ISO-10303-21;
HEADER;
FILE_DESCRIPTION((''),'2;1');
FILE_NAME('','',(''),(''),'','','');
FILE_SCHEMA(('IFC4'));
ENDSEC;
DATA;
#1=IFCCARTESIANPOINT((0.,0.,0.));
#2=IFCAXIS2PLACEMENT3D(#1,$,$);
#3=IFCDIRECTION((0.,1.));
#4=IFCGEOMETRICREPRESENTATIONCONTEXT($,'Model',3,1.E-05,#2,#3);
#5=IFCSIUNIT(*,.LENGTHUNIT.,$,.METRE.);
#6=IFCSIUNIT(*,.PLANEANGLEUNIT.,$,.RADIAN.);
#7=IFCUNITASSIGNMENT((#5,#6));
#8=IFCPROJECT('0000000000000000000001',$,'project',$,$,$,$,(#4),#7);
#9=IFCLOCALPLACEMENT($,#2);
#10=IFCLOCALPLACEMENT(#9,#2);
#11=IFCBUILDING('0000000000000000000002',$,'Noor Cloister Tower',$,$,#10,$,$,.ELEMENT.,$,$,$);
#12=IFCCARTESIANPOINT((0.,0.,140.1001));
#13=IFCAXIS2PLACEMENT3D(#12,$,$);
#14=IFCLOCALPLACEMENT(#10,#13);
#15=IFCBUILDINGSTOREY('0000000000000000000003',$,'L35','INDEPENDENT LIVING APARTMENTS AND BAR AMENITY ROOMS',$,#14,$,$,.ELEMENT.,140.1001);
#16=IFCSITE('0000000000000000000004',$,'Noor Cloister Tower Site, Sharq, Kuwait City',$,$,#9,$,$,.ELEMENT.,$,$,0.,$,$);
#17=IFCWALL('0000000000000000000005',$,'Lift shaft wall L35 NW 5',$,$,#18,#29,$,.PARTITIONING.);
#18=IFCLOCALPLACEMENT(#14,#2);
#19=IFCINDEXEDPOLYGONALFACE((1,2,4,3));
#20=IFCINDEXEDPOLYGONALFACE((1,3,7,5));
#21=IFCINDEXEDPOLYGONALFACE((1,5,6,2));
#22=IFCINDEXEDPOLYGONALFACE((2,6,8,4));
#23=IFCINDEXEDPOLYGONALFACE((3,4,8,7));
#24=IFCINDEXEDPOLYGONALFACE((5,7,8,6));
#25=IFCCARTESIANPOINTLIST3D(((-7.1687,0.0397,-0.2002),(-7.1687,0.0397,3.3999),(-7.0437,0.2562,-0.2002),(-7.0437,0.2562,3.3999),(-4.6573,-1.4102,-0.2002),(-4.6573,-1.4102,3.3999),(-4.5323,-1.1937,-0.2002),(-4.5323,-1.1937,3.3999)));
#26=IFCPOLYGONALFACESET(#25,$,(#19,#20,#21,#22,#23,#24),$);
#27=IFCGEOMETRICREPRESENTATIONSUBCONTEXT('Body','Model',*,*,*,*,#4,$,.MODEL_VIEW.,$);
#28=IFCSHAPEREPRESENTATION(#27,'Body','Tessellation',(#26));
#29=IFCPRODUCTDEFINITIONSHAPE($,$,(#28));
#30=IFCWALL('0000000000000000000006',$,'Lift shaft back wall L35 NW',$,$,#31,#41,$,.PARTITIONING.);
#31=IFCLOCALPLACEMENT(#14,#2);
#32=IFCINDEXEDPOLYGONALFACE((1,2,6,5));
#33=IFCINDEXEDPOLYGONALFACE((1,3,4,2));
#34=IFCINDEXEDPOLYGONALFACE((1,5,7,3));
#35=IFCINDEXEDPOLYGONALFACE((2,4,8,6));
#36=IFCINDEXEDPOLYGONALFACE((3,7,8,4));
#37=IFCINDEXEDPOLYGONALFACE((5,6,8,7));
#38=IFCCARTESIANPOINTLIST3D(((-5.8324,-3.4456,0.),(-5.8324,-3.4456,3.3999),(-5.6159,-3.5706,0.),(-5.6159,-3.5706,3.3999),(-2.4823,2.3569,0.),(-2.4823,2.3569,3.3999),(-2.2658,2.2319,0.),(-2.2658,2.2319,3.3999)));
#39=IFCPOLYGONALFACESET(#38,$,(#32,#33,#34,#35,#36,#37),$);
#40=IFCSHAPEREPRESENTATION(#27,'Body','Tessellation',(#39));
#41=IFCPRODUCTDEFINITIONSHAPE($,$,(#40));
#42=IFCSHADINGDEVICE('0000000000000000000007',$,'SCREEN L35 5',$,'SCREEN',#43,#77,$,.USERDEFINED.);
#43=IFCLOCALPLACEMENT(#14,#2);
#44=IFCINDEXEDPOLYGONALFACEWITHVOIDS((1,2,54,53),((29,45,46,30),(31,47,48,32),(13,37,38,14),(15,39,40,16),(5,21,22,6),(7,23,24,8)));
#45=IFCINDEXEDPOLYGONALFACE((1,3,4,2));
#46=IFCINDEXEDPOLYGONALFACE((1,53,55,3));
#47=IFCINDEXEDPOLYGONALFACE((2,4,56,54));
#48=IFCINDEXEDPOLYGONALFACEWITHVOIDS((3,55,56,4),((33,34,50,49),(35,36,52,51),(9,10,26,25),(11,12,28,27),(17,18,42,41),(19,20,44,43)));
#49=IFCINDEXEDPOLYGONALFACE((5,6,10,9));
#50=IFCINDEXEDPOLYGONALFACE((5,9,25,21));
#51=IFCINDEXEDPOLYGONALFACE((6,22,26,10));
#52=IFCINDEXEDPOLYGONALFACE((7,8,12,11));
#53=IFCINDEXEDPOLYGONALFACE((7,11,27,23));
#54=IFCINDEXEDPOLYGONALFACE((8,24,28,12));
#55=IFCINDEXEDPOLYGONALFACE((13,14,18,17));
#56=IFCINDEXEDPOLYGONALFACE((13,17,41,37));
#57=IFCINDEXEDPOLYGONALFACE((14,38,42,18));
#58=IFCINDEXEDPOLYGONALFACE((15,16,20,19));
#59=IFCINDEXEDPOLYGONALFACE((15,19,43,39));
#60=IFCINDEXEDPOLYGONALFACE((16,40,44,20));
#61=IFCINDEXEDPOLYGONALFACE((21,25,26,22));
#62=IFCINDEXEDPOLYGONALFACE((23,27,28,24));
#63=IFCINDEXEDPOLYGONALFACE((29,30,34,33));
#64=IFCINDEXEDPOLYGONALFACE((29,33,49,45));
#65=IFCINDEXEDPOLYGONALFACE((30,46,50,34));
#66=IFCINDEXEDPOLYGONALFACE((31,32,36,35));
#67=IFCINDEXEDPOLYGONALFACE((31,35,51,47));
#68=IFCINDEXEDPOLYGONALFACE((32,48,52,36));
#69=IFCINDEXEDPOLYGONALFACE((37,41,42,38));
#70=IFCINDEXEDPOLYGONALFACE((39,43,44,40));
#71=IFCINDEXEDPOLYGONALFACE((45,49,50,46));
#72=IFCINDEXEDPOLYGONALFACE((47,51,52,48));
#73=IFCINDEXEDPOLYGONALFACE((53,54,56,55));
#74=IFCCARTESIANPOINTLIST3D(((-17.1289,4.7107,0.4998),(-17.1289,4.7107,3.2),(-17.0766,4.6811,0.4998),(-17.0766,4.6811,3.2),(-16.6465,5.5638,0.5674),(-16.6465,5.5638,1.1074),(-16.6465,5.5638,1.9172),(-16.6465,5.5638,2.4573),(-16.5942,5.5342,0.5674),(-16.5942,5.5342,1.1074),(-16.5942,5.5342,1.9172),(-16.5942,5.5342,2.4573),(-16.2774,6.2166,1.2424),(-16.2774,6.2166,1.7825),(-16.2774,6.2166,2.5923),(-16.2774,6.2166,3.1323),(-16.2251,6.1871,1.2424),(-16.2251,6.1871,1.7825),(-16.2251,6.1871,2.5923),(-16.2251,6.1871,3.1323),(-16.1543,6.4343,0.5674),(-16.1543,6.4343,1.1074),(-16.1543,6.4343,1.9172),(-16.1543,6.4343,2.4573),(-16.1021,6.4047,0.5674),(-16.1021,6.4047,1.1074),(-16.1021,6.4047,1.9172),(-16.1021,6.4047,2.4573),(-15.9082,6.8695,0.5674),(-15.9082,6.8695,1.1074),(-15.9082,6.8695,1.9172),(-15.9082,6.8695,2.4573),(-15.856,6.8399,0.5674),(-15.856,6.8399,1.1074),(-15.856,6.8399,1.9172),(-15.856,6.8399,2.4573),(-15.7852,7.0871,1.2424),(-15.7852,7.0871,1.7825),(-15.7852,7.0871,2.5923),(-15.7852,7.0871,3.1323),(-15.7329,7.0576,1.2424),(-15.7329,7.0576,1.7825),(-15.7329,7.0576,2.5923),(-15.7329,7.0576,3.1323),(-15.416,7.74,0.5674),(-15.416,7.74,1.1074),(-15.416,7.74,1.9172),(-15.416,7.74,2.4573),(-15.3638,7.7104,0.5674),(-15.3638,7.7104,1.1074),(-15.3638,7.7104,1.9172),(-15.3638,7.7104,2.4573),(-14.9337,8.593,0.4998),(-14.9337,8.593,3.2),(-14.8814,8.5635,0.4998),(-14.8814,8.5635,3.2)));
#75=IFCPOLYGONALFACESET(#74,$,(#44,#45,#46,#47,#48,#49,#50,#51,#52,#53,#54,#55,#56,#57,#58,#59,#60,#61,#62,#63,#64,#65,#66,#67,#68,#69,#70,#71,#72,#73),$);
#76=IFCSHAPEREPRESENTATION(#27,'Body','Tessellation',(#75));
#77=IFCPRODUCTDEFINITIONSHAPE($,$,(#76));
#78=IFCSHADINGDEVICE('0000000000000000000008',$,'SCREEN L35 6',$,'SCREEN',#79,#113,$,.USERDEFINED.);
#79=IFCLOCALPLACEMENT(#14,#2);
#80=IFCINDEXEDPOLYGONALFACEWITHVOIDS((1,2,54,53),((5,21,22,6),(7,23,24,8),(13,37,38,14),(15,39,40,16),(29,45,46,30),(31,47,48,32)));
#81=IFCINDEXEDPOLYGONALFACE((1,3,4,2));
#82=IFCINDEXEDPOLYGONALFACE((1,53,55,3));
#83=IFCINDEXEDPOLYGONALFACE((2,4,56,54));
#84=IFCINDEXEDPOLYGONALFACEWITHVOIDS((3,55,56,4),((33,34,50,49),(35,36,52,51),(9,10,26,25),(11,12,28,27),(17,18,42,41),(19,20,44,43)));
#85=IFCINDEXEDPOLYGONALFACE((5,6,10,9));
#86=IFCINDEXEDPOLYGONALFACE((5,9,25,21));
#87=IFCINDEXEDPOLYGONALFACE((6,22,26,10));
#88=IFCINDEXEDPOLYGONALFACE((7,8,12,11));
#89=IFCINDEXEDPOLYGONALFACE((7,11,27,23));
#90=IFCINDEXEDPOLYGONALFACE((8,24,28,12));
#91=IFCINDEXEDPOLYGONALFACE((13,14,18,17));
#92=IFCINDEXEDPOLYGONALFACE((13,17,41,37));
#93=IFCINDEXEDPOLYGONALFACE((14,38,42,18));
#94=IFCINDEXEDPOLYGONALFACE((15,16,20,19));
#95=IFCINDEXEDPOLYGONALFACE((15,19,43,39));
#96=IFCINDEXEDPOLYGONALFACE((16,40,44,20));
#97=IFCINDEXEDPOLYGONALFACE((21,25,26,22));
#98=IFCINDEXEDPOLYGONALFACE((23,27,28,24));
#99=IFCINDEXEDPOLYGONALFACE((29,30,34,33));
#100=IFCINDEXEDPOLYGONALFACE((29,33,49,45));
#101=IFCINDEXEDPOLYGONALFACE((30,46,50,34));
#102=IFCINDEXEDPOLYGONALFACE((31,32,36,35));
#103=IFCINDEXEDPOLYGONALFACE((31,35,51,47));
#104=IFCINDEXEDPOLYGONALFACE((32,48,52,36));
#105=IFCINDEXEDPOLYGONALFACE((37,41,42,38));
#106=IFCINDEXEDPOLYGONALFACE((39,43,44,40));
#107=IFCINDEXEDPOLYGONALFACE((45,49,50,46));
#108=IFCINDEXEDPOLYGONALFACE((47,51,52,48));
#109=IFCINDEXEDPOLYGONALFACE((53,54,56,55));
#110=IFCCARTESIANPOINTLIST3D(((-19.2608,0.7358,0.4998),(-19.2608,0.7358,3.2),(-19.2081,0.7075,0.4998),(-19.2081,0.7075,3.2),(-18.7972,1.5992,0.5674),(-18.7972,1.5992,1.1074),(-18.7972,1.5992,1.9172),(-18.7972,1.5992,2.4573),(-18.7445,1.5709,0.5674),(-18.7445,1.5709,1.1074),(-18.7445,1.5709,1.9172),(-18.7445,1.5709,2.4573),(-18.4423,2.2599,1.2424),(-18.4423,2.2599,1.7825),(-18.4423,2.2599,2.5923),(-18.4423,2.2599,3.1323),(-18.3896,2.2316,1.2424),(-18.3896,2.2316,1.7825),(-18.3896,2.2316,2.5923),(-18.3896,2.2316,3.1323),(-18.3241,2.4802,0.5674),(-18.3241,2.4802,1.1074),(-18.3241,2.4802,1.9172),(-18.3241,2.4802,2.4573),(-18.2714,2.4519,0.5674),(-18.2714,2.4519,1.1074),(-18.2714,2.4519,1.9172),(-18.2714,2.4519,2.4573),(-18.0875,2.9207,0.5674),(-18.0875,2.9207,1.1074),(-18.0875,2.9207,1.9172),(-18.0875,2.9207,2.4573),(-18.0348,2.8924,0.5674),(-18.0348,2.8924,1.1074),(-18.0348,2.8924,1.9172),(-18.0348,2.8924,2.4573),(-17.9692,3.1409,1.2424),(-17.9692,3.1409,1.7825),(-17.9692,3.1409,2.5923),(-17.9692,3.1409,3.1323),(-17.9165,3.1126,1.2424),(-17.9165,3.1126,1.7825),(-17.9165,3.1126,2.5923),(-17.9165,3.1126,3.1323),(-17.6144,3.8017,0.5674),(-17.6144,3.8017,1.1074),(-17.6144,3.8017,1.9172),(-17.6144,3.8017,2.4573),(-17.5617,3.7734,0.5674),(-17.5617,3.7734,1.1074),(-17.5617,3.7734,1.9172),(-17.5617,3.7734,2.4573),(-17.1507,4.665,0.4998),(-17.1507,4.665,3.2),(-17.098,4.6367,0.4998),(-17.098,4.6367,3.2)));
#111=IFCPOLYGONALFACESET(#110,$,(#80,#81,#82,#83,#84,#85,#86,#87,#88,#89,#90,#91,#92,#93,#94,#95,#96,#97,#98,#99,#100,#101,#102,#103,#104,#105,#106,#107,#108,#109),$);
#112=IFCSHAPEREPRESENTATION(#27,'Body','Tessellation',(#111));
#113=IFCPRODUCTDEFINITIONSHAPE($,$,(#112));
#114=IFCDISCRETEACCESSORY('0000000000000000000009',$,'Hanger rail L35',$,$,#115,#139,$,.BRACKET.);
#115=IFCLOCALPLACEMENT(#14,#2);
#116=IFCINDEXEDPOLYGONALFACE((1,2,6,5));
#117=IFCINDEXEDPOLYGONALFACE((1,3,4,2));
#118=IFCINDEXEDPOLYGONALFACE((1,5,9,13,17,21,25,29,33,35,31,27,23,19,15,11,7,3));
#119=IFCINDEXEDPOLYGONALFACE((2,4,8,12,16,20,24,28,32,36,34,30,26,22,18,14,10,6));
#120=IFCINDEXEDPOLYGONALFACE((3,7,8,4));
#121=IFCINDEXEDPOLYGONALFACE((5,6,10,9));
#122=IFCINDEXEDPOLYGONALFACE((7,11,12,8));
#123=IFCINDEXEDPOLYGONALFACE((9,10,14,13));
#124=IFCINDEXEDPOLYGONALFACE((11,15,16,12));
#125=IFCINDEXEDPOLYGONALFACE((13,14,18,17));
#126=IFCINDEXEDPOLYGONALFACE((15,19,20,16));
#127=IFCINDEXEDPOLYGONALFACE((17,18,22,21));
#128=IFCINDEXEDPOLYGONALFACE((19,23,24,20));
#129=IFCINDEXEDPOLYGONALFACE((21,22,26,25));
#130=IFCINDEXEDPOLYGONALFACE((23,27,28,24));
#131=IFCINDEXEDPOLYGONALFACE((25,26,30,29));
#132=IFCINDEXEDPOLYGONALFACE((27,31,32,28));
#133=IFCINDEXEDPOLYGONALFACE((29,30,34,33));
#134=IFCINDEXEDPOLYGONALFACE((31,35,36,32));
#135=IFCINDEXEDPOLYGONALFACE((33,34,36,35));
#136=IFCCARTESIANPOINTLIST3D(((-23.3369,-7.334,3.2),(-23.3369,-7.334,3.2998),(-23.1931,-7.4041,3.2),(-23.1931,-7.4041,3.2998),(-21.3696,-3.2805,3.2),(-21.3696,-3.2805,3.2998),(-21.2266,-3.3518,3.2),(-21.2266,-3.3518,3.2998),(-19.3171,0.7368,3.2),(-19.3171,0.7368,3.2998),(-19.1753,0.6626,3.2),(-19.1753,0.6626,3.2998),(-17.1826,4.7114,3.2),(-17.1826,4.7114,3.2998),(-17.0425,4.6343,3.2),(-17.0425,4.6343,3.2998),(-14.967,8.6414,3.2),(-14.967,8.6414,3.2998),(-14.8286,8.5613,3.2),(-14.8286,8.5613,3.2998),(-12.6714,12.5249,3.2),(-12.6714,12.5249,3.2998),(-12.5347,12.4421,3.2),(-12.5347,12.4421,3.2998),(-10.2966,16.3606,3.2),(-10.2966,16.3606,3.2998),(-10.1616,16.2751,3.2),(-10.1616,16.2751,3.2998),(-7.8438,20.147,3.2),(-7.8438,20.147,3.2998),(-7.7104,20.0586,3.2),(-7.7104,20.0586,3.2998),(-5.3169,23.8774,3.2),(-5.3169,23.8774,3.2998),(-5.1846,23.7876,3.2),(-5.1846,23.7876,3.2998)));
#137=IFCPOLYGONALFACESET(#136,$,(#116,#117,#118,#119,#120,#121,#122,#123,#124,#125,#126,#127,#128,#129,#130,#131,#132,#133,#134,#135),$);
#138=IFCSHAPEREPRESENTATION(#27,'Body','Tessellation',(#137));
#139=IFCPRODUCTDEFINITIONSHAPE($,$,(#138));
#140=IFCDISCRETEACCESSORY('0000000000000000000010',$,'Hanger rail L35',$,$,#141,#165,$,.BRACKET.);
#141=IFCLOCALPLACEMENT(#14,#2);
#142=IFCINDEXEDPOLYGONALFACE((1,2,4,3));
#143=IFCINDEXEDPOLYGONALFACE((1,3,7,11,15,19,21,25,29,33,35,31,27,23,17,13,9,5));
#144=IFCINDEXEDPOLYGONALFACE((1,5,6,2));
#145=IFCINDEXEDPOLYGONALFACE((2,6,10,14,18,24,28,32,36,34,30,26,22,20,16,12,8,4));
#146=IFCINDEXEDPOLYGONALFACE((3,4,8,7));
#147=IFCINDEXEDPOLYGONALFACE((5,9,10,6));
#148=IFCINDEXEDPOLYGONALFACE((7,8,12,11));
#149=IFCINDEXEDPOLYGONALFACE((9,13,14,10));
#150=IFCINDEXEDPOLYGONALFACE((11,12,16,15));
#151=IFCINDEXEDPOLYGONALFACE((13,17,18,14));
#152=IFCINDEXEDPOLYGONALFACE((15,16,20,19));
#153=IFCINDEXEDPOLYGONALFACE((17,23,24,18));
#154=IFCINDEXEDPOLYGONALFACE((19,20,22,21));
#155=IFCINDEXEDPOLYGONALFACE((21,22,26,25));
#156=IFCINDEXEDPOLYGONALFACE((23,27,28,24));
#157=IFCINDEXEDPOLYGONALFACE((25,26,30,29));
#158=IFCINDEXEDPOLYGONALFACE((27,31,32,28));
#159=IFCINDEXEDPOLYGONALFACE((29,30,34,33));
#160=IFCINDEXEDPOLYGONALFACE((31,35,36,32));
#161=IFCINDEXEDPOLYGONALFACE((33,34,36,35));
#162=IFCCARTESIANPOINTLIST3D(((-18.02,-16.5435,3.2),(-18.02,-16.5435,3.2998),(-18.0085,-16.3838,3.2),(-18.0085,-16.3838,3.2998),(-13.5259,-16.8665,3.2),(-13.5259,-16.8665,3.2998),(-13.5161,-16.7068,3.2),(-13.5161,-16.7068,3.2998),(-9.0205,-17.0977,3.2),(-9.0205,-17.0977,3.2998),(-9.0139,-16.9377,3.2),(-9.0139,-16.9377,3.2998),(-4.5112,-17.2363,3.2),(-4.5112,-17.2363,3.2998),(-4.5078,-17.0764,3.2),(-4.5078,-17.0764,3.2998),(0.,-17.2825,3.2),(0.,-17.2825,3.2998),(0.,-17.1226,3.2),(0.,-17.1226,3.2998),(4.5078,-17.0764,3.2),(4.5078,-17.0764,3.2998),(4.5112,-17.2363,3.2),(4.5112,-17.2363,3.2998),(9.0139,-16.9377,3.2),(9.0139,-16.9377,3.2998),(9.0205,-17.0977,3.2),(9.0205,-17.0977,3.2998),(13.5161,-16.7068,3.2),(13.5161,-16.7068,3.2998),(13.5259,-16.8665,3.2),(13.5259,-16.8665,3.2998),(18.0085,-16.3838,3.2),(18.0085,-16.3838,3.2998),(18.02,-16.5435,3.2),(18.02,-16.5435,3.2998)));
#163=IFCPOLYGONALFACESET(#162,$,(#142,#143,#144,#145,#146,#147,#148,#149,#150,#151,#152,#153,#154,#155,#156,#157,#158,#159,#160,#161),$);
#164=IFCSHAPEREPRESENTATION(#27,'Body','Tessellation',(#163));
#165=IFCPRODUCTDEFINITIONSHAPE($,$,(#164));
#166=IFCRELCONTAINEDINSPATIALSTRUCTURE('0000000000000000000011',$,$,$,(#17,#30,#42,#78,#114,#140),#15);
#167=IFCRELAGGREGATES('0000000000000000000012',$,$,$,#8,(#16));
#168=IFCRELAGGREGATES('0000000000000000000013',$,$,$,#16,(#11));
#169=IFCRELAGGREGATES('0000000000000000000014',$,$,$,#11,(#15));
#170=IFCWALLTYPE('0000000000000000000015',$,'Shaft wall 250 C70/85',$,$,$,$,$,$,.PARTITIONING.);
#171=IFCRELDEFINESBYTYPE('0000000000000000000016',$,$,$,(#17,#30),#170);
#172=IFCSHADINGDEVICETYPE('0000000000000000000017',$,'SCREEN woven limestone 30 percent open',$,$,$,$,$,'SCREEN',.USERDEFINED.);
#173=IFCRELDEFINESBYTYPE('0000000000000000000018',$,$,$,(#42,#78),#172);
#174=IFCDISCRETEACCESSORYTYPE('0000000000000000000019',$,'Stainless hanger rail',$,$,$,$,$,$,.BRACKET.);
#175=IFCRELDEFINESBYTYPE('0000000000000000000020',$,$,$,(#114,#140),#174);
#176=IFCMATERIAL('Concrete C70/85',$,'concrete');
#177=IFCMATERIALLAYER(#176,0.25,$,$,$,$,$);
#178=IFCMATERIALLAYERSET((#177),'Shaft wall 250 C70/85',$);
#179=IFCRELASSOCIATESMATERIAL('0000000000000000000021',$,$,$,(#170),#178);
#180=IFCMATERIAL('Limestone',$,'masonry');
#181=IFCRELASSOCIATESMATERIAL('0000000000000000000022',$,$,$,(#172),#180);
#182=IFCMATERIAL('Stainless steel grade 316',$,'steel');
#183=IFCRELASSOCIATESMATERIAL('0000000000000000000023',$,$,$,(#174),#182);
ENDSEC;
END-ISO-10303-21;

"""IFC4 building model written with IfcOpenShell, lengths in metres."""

from ifc_helpers import new_model, si_unit, direction, frame, frame_2d, origin, place, context, subcontext, project, spatial, polyline, rectangle, outline, extrude, material, layer, layer_set, material_profile, profile_set, type_object, element, save


model = new_model("IFC4")

# Units and contexts
model_context = context("Model", 3, precision=1e-05, world=origin(), true_north=direction((0.0, 1.0)))
body_context = subcontext(model_context, "Body", "Model", "MODEL_VIEW")
ifc_project = project(units=[si_unit("LENGTHUNIT", "METRE"), si_unit("PLANEANGLEUNIT", "RADIAN")], contexts=[model_context])

# Site, building, storey
site_placement = place(None, origin())
site = spatial("IfcSite", under=ifc_project, at=site_placement, Name="Noor Cloister Tower Site, Sharq, Kuwait City", CompositionType="ELEMENT", RefElevation=0.0)
building_placement = place(site_placement, origin())
building = spatial("IfcBuilding", under=site, at=building_placement, Name="Noor Cloister Tower", CompositionType="ELEMENT")
storey_placement = place(building_placement, frame((0.0, 0.0, 140.1001)))
storey = spatial("IfcBuildingStorey", under=building, at=storey_placement, Name="L35", Description="INDEPENDENT LIVING APARTMENTS AND BAR AMENITY ROOMS", CompositionType="ELEMENT", Elevation=140.1001)

# Walls
ifc_material_1 = material(Name="Concrete C70/85", Category="concrete")
ifc_layer_1 = layer(ifc_material_1, 0.25)
ifc_layer_set_1 = layer_set([ifc_layer_1], Name="Shaft wall 250 C70/85")
wall_type_1 = type_object("IfcWallType", Name="Shaft wall 250 C70/85", PredefinedType="PARTITIONING", material=ifc_layer_set_1)
for number, where, z_axis, x_axis, name in (
    (1, (-7.1062, 0.1479, -0.2002), (0.0, 0.0, 1.0), (0.866033, -0.499987, 0.0), "Lift shaft wall L35 NW 5"),
):
    element("IfcWall", number, at=place(storey_placement, frame(where, z_axis=z_axis, x_axis=x_axis)), inside=storey, type_object=wall_type_1, Name=name, PredefinedType="PARTITIONING", context=body_context, shape_type="SweptSolid", body=[
        extrude(rectangle(XDim=2.8999, YDim=0.25, at=frame_2d((1.45, 0.0))), origin(), (0.0, 0.0, 1.0), 3.6001),
    ])
wall_1_placement = place(storey_placement, frame((-2.374, 2.2944, 0.0), z_axis=(0.0, 0.0, 1.0), x_axis=(-0.500003, -0.866024, 0.0)))
element("IfcWall", 2, at=wall_1_placement, inside=storey, type_object=wall_type_1, Name="Lift shaft back wall L35 NW", PredefinedType="PARTITIONING", context=body_context, shape_type="SweptSolid", body=[
    extrude(rectangle(XDim=6.7002, YDim=0.25, at=frame_2d((3.3501, 0.0))), origin(), (0.0, 0.0, 1.0), 3.3999),
])

# Shading devices
ifc_material_2 = material(Name="Limestone", Category="masonry")
ifc_material_profile_1 = material_profile(ifc_material_2, outline(polyline([(-2.23, -1.3501), (2.23, -1.3501), (2.23, 1.3501), (-2.23, 1.3501), (-2.23, -1.3501)]), holes=[polyline([(-1.25, -1.2825), (-0.25, -1.2825), (-0.25, -0.7424), (-1.25, -0.7424), (-1.25, -1.2825)]), polyline([(0.25, -1.2825), (1.25, -1.2825), (1.25, -0.7424), (0.25, -0.7424), (0.25, -1.2825)]), polyline([(-0.5, -0.6074), (0.5, -0.6074), (0.5, -0.0674), (-0.5, -0.0674), (-0.5, -0.6074)]), polyline([(-1.25, 0.0674), (-0.25, 0.0674), (-0.25, 0.6074), (-1.25, 0.6074), (-1.25, 0.0674)]), polyline([(0.25, 0.0674), (1.25, 0.0674), (1.25, 0.6074), (0.25, 0.6074), (0.25, 0.0674)]), polyline([(-0.5, 0.7424), (0.5, 0.7424), (0.5, 1.2825), (-0.5, 1.2825), (-0.5, 0.7424)])]), Name="Woven screen 30 percent open")
ifc_profile_set_1 = profile_set([ifc_material_profile_1], Name="Limestone")
shading_device_type = type_object("IfcShadingDeviceType", Name="SCREEN woven limestone 30 percent open", ElementType="SCREEN", PredefinedType="USERDEFINED", material=ifc_profile_set_1)
shading_device_1_placement = place(storey_placement, frame((-15.979, 6.6223, 1.8499), z_axis=(-0.870487, 0.492191, 0.0), x_axis=(-0.492191, -0.870487, 0.0)))
element("IfcShadingDevice", 3, at=shading_device_1_placement, inside=storey, type_object=shading_device_type, Name="SCREEN L35 5", ObjectType="SCREEN", PredefinedType="USERDEFINED", context=body_context, shape_type="SweptSolid", body=[
    extrude(outline(polyline([(-2.23, -1.3501), (2.23, -1.3501), (2.23, 1.3501), (-2.23, 1.3501), (-2.23, -1.3501)]), holes=[polyline([(-1.25, -1.2825), (-0.25, -1.2825), (-0.25, -0.7424), (-1.25, -0.7424), (-1.25, -1.2825)]), polyline([(0.25, -1.2825), (1.25, -1.2825), (1.25, -0.7424), (0.25, -0.7424), (0.25, -1.2825)]), polyline([(-0.5, -0.6074), (0.5, -0.6074), (0.5, -0.0674), (-0.5, -0.0674), (-0.5, -0.6074)]), polyline([(-1.25, 0.0674), (-0.25, 0.0674), (-0.25, 0.6074), (-1.25, 0.6074), (-1.25, 0.0674)]), polyline([(0.25, 0.0674), (1.25, 0.0674), (1.25, 0.6074), (0.25, 0.6074), (0.25, 0.0674)]), polyline([(-0.5, 0.7424), (0.5, 0.7424), (0.5, 1.2825), (-0.5, 1.2825), (-0.5, 0.7424)])]), origin(), (0.0, 0.0, 1.0), 0.0601),
])
shading_device_2_placement = place(storey_placement, frame((-18.1531, 2.6721, 1.8499), z_axis=(-0.880994, 0.473127, 0.0), x_axis=(-0.473127, -0.880994, 0.0)))
element("IfcShadingDevice", 4, at=shading_device_2_placement, inside=storey, type_object=shading_device_type, Name="SCREEN L35 6", ObjectType="SCREEN", PredefinedType="USERDEFINED", context=body_context, shape_type="SweptSolid", body=[
    extrude(outline(polyline([(-2.23, -1.3501), (2.23, -1.3501), (2.23, 1.3501), (-2.23, 1.3501), (-2.23, -1.3501)]), holes=[polyline([(-1.25, -1.2825), (-0.25, -1.2825), (-0.25, -0.7424), (-1.25, -0.7424), (-1.25, -1.2825)]), polyline([(0.25, -1.2825), (1.25, -1.2825), (1.25, -0.7424), (0.25, -0.7424), (0.25, -1.2825)]), polyline([(-0.5, -0.6074), (0.5, -0.6074), (0.5, -0.0674), (-0.5, -0.0674), (-0.5, -0.6074)]), polyline([(-1.25, 0.0674), (-0.25, 0.0674), (-0.25, 0.6074), (-1.25, 0.6074), (-1.25, 0.0674)]), polyline([(0.25, 0.0674), (1.25, 0.0674), (1.25, 0.6074), (0.25, 0.6074), (0.25, 0.0674)]), polyline([(-0.5, 0.7424), (0.5, 0.7424), (0.5, 1.2825), (-0.5, 1.2825), (-0.5, 0.7424)])]), origin(), (0.0, 0.0, 1.0), 0.0598),
])

# Discrete accessories
ifc_material_3 = material(Name="Stainless steel grade 316", Category="steel")
discrete_accessory_type = type_object("IfcDiscreteAccessoryType", Name="Stainless hanger rail", PredefinedType="BRACKET", material=ifc_material_3)
discrete_accessory_1_placement = place(storey_placement, frame((0.0, 0.0, 3.2)))
element("IfcDiscreteAccessory", 5, at=discrete_accessory_1_placement, inside=storey, type_object=discrete_accessory_type, Name="Hanger rail L35", PredefinedType="BRACKET", context=body_context, shape_type="SweptSolid", body=[
    extrude(outline(polyline([(-5.3169, 23.8774), (-7.8438, 20.147), (-10.2966, 16.3606), (-12.6714, 12.5249), (-14.967, 8.6414), (-17.1826, 4.7114), (-19.3171, 0.7368), (-21.3696, -3.2805), (-23.3369, -7.334), (-23.1931, -7.4041), (-21.2266, -3.3518), (-19.1753, 0.6626), (-17.0425, 4.6343), (-14.8286, 8.5613), (-12.5347, 12.4421), (-10.1616, 16.2751), (-7.7104, 20.0586), (-5.1846, 23.7876), (-5.3169, 23.8774)])), origin(), (0.0, 0.0, 1.0), 0.0999),
])
discrete_accessory_2_placement = place(storey_placement, frame((0.0, 0.0, 3.2)))
element("IfcDiscreteAccessory", 6, at=discrete_accessory_2_placement, inside=storey, type_object=discrete_accessory_type, Name="Hanger rail L35", PredefinedType="BRACKET", context=body_context, shape_type="SweptSolid", body=[
    extrude(outline(polyline([(-18.02, -16.5435), (-13.5259, -16.8665), (-9.0205, -17.0977), (-4.5112, -17.2363), (0.0, -17.2825), (4.5112, -17.2363), (9.0205, -17.0977), (13.5259, -16.8665), (18.02, -16.5435), (18.0085, -16.3838), (13.5161, -16.7068), (9.0139, -16.9377), (4.5078, -17.0764), (0.0, -17.1226), (-4.5078, -17.0764), (-9.0139, -16.9377), (-13.5161, -16.7068), (-18.0085, -16.3838), (-18.02, -16.5435)])), origin(), (0.0, 0.0, 1.0), 0.0999),
])

save(model, "model.ifc")
